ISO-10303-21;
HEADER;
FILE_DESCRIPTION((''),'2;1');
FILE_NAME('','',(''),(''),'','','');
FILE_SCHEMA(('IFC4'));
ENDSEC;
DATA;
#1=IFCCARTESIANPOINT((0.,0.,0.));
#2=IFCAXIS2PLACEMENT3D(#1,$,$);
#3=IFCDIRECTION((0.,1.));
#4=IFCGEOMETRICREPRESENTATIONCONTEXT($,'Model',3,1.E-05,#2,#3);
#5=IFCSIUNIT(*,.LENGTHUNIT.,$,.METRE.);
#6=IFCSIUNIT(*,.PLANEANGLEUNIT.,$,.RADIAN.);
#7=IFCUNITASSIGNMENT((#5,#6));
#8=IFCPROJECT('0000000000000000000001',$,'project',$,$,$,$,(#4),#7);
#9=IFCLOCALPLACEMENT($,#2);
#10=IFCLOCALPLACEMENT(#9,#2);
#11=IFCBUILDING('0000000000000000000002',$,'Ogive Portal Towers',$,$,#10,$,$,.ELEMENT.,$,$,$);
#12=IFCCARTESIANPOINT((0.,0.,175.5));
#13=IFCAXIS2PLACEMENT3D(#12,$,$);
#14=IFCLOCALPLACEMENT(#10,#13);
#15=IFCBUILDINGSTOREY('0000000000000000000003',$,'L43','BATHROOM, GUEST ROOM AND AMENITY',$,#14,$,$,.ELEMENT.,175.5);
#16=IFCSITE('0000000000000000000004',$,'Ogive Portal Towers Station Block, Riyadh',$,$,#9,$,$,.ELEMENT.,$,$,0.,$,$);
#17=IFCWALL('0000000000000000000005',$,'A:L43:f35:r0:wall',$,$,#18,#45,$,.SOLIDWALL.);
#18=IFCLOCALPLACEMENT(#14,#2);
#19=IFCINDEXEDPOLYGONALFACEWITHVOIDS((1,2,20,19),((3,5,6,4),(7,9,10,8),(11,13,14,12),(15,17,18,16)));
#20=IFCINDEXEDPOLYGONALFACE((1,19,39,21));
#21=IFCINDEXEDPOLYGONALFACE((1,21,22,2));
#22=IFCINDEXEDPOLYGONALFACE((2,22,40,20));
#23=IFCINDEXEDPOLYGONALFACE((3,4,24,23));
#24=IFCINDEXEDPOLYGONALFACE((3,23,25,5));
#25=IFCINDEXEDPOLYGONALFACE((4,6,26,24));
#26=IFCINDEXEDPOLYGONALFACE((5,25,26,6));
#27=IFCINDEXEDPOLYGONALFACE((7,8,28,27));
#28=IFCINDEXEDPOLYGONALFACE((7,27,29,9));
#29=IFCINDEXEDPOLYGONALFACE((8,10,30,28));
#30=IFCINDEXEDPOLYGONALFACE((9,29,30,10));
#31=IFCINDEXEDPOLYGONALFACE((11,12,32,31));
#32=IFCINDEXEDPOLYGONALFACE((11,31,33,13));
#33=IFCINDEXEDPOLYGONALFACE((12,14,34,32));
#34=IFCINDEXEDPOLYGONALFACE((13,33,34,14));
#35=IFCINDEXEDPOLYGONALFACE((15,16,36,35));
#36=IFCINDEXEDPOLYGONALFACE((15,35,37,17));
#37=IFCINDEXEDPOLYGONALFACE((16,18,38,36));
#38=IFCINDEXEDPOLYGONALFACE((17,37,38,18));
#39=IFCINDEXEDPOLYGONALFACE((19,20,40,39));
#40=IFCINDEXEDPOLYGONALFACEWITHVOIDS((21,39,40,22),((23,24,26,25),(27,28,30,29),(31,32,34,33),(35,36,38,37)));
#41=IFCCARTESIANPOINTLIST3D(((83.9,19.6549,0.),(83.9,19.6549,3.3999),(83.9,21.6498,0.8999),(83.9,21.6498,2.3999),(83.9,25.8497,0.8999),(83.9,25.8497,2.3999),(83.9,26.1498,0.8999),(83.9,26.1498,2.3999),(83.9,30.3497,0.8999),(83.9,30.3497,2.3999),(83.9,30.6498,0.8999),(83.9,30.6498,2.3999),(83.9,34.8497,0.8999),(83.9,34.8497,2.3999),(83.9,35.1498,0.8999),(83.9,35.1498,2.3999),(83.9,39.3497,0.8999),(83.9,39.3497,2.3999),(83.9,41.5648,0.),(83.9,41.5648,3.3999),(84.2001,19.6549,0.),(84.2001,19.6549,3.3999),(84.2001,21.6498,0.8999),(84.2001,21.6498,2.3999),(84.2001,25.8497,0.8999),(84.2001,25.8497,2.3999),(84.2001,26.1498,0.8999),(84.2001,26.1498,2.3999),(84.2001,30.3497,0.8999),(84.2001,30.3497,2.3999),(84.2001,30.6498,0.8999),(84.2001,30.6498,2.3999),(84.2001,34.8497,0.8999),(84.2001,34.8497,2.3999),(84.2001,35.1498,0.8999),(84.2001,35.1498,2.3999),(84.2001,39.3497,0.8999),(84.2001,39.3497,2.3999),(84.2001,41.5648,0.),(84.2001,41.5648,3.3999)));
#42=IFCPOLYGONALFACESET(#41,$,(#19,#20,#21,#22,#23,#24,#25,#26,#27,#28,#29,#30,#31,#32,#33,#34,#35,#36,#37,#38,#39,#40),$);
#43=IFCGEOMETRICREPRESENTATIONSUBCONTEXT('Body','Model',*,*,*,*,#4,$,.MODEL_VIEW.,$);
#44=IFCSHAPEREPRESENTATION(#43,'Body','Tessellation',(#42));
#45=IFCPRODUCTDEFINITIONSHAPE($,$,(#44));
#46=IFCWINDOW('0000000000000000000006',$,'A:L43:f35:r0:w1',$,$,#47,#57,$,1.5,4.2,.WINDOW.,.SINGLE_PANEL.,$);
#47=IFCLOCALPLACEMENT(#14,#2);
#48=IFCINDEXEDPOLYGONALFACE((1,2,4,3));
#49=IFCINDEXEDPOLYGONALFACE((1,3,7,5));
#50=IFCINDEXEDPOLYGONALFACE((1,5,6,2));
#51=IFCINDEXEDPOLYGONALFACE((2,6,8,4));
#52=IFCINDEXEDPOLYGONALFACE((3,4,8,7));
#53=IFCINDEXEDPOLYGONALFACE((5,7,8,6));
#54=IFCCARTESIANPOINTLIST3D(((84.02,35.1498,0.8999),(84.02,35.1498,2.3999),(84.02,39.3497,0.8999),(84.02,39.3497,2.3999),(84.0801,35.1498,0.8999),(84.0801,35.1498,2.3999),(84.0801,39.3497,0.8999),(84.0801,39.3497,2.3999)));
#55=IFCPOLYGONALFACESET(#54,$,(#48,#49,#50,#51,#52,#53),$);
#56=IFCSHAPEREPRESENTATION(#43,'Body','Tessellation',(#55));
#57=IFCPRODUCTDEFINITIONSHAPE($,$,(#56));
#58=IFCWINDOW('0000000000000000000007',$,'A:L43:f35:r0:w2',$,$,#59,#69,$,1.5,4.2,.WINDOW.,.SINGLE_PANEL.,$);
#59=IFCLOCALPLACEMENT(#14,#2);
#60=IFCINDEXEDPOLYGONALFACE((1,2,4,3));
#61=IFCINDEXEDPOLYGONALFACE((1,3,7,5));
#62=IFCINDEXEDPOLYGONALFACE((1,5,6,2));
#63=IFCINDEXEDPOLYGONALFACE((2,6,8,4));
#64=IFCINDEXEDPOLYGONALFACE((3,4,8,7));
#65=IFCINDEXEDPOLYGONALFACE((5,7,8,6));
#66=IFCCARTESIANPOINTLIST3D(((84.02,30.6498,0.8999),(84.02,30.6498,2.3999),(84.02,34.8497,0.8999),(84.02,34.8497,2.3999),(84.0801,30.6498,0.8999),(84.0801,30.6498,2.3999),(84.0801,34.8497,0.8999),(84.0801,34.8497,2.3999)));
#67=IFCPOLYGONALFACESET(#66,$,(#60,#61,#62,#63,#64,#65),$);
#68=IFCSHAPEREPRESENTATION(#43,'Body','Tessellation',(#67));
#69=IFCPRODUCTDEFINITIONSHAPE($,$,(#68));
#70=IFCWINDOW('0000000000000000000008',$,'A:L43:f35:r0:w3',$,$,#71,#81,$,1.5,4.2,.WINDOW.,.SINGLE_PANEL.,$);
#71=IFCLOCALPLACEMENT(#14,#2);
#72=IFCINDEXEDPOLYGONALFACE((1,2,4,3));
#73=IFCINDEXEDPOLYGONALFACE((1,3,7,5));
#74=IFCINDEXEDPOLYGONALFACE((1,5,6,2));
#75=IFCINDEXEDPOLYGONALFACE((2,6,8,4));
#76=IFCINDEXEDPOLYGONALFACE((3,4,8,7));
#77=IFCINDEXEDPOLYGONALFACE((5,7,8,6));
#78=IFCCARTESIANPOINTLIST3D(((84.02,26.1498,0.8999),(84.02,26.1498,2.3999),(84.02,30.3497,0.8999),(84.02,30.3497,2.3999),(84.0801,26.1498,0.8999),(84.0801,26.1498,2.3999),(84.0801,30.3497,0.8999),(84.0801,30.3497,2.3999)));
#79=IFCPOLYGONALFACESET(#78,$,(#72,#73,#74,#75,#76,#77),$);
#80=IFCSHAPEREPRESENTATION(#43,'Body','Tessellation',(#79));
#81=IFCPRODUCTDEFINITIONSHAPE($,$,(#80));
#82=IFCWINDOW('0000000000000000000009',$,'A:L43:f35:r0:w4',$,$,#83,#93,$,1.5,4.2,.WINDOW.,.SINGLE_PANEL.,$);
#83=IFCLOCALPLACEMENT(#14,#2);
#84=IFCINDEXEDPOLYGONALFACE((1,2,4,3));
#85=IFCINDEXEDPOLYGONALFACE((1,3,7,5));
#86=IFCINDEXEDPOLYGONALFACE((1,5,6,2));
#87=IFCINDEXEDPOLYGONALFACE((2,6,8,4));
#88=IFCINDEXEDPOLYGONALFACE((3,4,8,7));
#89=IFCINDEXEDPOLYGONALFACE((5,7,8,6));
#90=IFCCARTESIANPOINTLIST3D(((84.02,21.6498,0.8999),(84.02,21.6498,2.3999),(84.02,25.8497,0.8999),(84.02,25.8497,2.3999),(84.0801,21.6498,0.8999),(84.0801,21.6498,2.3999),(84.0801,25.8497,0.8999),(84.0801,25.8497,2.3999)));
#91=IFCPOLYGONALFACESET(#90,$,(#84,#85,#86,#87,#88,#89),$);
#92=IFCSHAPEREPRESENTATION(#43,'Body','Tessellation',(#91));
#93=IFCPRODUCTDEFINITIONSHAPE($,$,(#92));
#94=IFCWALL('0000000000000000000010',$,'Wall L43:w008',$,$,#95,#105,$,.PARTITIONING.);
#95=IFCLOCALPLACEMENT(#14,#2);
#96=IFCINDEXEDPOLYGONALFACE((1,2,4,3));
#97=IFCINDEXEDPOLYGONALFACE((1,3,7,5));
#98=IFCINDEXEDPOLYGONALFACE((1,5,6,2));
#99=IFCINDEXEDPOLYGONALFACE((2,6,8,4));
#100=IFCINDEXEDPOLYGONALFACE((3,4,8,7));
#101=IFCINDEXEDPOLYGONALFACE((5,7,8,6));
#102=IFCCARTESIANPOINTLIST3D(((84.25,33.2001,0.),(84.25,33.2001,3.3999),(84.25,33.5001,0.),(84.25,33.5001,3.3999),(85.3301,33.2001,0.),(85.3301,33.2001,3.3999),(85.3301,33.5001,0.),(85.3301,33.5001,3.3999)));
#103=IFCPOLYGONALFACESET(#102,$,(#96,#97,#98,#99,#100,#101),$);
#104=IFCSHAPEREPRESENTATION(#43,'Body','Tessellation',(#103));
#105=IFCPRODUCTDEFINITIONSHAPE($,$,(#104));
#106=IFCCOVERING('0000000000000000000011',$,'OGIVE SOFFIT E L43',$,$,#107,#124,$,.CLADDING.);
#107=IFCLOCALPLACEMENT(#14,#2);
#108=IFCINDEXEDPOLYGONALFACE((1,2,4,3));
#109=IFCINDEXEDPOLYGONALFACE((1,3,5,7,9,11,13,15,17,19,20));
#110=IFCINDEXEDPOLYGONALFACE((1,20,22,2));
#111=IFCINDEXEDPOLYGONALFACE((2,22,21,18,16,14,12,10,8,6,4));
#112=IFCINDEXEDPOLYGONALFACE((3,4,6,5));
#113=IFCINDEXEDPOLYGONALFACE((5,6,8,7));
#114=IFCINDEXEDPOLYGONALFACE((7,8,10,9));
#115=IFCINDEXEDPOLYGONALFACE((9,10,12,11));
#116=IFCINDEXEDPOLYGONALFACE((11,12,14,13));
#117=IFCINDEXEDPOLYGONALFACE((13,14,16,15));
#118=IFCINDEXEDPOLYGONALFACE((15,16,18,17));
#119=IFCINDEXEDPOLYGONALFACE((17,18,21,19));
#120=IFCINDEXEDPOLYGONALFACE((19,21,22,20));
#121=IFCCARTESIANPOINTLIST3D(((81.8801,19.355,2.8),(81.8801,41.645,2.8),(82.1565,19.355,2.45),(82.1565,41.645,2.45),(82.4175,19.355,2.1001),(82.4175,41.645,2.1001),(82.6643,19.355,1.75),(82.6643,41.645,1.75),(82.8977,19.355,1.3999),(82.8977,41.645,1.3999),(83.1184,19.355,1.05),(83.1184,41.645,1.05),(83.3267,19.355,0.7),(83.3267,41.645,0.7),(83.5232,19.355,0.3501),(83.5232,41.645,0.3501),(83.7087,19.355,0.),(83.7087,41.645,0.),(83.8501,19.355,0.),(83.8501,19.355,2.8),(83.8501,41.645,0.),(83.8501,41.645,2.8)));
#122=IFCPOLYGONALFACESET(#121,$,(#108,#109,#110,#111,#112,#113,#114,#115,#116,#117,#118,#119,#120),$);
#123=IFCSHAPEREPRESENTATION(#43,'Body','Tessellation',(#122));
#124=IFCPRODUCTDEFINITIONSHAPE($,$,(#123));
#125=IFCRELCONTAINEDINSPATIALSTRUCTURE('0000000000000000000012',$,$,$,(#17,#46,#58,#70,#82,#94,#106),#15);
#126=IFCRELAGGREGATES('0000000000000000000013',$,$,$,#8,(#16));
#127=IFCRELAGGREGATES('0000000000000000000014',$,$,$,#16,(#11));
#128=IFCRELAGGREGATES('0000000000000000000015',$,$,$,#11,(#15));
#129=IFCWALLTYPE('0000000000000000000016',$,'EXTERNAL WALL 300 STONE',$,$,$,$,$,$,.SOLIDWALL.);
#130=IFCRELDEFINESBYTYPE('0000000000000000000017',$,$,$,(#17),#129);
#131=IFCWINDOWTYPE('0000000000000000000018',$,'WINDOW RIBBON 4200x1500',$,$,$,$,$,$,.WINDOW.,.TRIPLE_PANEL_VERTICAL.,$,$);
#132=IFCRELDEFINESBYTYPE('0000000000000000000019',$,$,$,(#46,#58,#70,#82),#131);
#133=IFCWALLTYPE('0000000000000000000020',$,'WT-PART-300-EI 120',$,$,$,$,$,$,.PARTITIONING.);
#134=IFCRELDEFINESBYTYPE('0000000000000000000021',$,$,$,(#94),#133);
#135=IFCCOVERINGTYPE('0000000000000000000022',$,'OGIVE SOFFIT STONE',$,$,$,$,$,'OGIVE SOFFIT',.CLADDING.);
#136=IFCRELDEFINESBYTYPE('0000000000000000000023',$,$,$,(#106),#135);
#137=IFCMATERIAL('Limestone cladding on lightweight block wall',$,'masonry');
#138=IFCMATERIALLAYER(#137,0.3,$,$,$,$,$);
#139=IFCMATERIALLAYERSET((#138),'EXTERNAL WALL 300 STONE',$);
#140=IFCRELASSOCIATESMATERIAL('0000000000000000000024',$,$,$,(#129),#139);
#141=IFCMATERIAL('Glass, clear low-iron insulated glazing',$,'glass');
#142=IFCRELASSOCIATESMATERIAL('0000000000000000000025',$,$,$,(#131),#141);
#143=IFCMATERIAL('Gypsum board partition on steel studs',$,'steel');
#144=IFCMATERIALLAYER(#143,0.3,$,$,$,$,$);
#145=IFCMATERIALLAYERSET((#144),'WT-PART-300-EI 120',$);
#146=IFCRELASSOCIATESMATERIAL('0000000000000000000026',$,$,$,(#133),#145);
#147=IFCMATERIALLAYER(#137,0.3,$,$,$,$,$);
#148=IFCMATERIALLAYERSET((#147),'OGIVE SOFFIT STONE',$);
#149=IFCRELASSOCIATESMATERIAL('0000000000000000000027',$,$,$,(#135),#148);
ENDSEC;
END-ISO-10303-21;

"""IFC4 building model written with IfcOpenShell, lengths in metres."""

from ifc_helpers import new_model, si_unit, direction, frame, frame_2d, origin, place, context, subcontext, project, spatial, polyline, rectangle, outline, extrude, material, layer, layer_set, type_object, element, fill, save


model = new_model("IFC4")

# Units and contexts
model_context = context("Model", 3, precision=1e-05, world=origin(), true_north=direction((0.0, 1.0)))
body_context = subcontext(model_context, "Body", "Model", "MODEL_VIEW")
ifc_project = project(units=[si_unit("LENGTHUNIT", "METRE"), si_unit("PLANEANGLEUNIT", "RADIAN")], contexts=[model_context])

# Site, building, storey
site_placement = place(None, origin())
site = spatial("IfcSite", under=ifc_project, at=site_placement, Name="Ogive Portal Towers Station Block, Riyadh", CompositionType="ELEMENT", RefElevation=0.0)
building_placement = place(site_placement, origin())
building = spatial("IfcBuilding", under=site, at=building_placement, Name="Ogive Portal Towers", CompositionType="ELEMENT")
storey_placement = place(building_placement, frame((0.0, 0.0, 175.5)))
storey = spatial("IfcBuildingStorey", under=building, at=storey_placement, Name="L43", Description="BATHROOM, GUEST ROOM AND AMENITY", CompositionType="ELEMENT", Elevation=175.5)

# Shared definitions
ifc_material_1 = material(Name="Glass, clear low-iron insulated glazing", Category="glass")

# Wall, openings, windows
ifc_material_2 = material(Name="Limestone cladding on lightweight block wall", Category="masonry")
ifc_layer_1 = layer(ifc_material_2, 0.3)
ifc_layer_set_1 = layer_set([ifc_layer_1], Name="EXTERNAL WALL 300 STONE")
wall_type_1 = type_object("IfcWallType", Name="EXTERNAL WALL 300 STONE", PredefinedType="SOLIDWALL", material=ifc_layer_set_1)
wall_1_placement = place(storey_placement, frame((84.05, 41.5649, 0.0), z_axis=(0.0, 0.0, 1.0), x_axis=(0.0, -1.0, 0.0)))
wall_1 = element("IfcWall", 1, at=wall_1_placement, inside=storey, type_object=wall_type_1, Name="A:L43:f35:r0:wall", PredefinedType="SOLIDWALL", context=body_context, shape_type="SweptSolid", body=[
    extrude(rectangle(XDim=21.9099, YDim=0.3, at=frame_2d((10.9551, 0.0))), origin(), (0.0, 0.0, 1.0), 3.3999),
])
opening_1_placement = place(wall_1_placement, frame((2.2151, 0.0, 0.8999)))
opening_1 = element("IfcOpeningElement", 2, at=opening_1_placement, cuts=wall_1, PredefinedType="OPENING", context=body_context, shape_type="SweptSolid", body=[
    extrude(rectangle(XDim=4.2, YDim=1.5, at=frame_2d((2.1001, 0.75))), frame((0.0, 0.1602, 0.0), z_axis=(0.0, -1.0, 0.0), x_axis=(1.0, 0.0, 0.0)), (0.0, 0.0, 1.0), 0.3201),
])
opening_2_placement = place(wall_1_placement, frame((6.7151, 0.0, 0.8999)))
opening_2 = element("IfcOpeningElement", 3, at=opening_2_placement, cuts=wall_1, PredefinedType="OPENING", context=body_context, shape_type="SweptSolid", body=[
    extrude(rectangle(XDim=4.2, YDim=1.5, at=frame_2d((2.1001, 0.75))), frame((0.0, 0.1602, 0.0), z_axis=(0.0, -1.0, 0.0), x_axis=(1.0, 0.0, 0.0)), (0.0, 0.0, 1.0), 0.3201),
])
opening_3_placement = place(wall_1_placement, frame((11.2151, 0.0, 0.8999)))
opening_3 = element("IfcOpeningElement", 4, at=opening_3_placement, cuts=wall_1, PredefinedType="OPENING", context=body_context, shape_type="SweptSolid", body=[
    extrude(rectangle(XDim=4.2, YDim=1.5, at=frame_2d((2.1001, 0.75))), frame((0.0, 0.1602, 0.0), z_axis=(0.0, -1.0, 0.0), x_axis=(1.0, 0.0, 0.0)), (0.0, 0.0, 1.0), 0.3201),
])
opening_4_placement = place(wall_1_placement, frame((15.7151, 0.0, 0.8999)))
opening_4 = element("IfcOpeningElement", 5, at=opening_4_placement, cuts=wall_1, PredefinedType="OPENING", context=body_context, shape_type="SweptSolid", body=[
    extrude(rectangle(XDim=4.2, YDim=1.5, at=frame_2d((2.1001, 0.75))), frame((0.0, 0.1602, 0.0), z_axis=(0.0, -1.0, 0.0), x_axis=(1.0, 0.0, 0.0)), (0.0, 0.0, 1.0), 0.3201),
])
window_type = type_object("IfcWindowType", Name="WINDOW RIBBON 4200x1500", PartitioningType="TRIPLE_PANEL_VERTICAL", PredefinedType="WINDOW", material=ifc_material_1)
window_1_placement = place(opening_1_placement, origin())
window_1 = element("IfcWindow", 6, at=window_1_placement, inside=storey, type_object=window_type, Name="A:L43:f35:r0:w1", OverallHeight=1.5, OverallWidth=4.2, PartitioningType="SINGLE_PANEL", PredefinedType="WINDOW", context=body_context, shape_type="SweptSolid", body=[
    extrude(rectangle(XDim=4.2, YDim=1.5, at=frame_2d((2.1001, 0.75))), frame((0.0, 0.03, 0.0), z_axis=(0.0, -1.0, 0.0), x_axis=(1.0, 0.0, 0.0)), (0.0, 0.0, 1.0), 0.0601),
])
fill(opening_1, window_1)
window_2_placement = place(opening_2_placement, origin())
window_2 = element("IfcWindow", 7, at=window_2_placement, inside=storey, type_object=window_type, Name="A:L43:f35:r0:w2", OverallHeight=1.5, OverallWidth=4.2, PartitioningType="SINGLE_PANEL", PredefinedType="WINDOW", context=body_context, shape_type="SweptSolid", body=[
    extrude(rectangle(XDim=4.2, YDim=1.5, at=frame_2d((2.1001, 0.75))), frame((0.0, 0.03, 0.0), z_axis=(0.0, -1.0, 0.0), x_axis=(1.0, 0.0, 0.0)), (0.0, 0.0, 1.0), 0.0601),
])
fill(opening_2, window_2)
window_3_placement = place(opening_3_placement, origin())
window_3 = element("IfcWindow", 8, at=window_3_placement, inside=storey, type_object=window_type, Name="A:L43:f35:r0:w3", OverallHeight=1.5, OverallWidth=4.2, PartitioningType="SINGLE_PANEL", PredefinedType="WINDOW", context=body_context, shape_type="SweptSolid", body=[
    extrude(rectangle(XDim=4.2, YDim=1.5, at=frame_2d((2.1001, 0.75))), frame((0.0, 0.03, 0.0), z_axis=(0.0, -1.0, 0.0), x_axis=(1.0, 0.0, 0.0)), (0.0, 0.0, 1.0), 0.0601),
])
fill(opening_3, window_3)
window_4_placement = place(opening_4_placement, origin())
window_4 = element("IfcWindow", 9, at=window_4_placement, inside=storey, type_object=window_type, Name="A:L43:f35:r0:w4", OverallHeight=1.5, OverallWidth=4.2, PartitioningType="SINGLE_PANEL", PredefinedType="WINDOW", context=body_context, shape_type="SweptSolid", body=[
    extrude(rectangle(XDim=4.2, YDim=1.5, at=frame_2d((2.1001, 0.75))), frame((0.0, 0.03, 0.0), z_axis=(0.0, -1.0, 0.0), x_axis=(1.0, 0.0, 0.0)), (0.0, 0.0, 1.0), 0.0601),
])
fill(opening_4, window_4)

# Wall
ifc_material_3 = material(Name="Gypsum board partition on steel studs", Category="steel")
ifc_layer_2 = layer(ifc_material_3, 0.3)
ifc_layer_set_2 = layer_set([ifc_layer_2], Name="WT-PART-300-EI 120")
wall_type_2 = type_object("IfcWallType", Name="WT-PART-300-EI 120", PredefinedType="PARTITIONING", material=ifc_layer_set_2)
wall_2_placement = place(storey_placement, frame((84.25, 33.3501, 0.0), z_axis=(0.0, 0.0, 1.0), x_axis=(1.0, 0.0, 0.0)))
element("IfcWall", 10, at=wall_2_placement, inside=storey, type_object=wall_type_2, Name="Wall L43:w008", PredefinedType="PARTITIONING", context=body_context, shape_type="SweptSolid", body=[
    extrude(rectangle(XDim=1.0801, YDim=0.3, at=frame_2d((0.54, 0.0))), origin(), (0.0, 0.0, 1.0), 3.3999),
])

# Covering
ifc_layer_3 = layer(ifc_material_2, 0.3)
ifc_layer_set_3 = layer_set([ifc_layer_3], Name="OGIVE SOFFIT STONE")
covering_type_1 = type_object("IfcCoveringType", Name="OGIVE SOFFIT STONE", ElementType="OGIVE SOFFIT", PredefinedType="CLADDING", material=ifc_layer_set_3)
covering_1_placement = place(storey_placement, frame((83.8501, 41.645, 0.0), z_axis=(0.0, 1.0, 0.0), x_axis=(-1.0, 0.0, 0.0)))
element("IfcCovering", 11, at=covering_1_placement, inside=storey, type_object=covering_type_1, Name="OGIVE SOFFIT E L43", PredefinedType="CLADDING", context=body_context, shape_type="SweptSolid", body=[
    extrude(outline(polyline([(0.0, 0.0), (0.1414, 0.0), (0.3269, 0.3501), (0.5234, 0.7), (0.7317, 1.05), (0.9524, 1.3999), (1.1858, 1.75), (1.4326, 2.1001), (1.6936, 2.45), (1.97, 2.8), (0.0, 2.8), (0.0, 0.0)])), origin(), (0.0, 0.0, -1.0), 22.29),
])

save(model, "model.ifc")
